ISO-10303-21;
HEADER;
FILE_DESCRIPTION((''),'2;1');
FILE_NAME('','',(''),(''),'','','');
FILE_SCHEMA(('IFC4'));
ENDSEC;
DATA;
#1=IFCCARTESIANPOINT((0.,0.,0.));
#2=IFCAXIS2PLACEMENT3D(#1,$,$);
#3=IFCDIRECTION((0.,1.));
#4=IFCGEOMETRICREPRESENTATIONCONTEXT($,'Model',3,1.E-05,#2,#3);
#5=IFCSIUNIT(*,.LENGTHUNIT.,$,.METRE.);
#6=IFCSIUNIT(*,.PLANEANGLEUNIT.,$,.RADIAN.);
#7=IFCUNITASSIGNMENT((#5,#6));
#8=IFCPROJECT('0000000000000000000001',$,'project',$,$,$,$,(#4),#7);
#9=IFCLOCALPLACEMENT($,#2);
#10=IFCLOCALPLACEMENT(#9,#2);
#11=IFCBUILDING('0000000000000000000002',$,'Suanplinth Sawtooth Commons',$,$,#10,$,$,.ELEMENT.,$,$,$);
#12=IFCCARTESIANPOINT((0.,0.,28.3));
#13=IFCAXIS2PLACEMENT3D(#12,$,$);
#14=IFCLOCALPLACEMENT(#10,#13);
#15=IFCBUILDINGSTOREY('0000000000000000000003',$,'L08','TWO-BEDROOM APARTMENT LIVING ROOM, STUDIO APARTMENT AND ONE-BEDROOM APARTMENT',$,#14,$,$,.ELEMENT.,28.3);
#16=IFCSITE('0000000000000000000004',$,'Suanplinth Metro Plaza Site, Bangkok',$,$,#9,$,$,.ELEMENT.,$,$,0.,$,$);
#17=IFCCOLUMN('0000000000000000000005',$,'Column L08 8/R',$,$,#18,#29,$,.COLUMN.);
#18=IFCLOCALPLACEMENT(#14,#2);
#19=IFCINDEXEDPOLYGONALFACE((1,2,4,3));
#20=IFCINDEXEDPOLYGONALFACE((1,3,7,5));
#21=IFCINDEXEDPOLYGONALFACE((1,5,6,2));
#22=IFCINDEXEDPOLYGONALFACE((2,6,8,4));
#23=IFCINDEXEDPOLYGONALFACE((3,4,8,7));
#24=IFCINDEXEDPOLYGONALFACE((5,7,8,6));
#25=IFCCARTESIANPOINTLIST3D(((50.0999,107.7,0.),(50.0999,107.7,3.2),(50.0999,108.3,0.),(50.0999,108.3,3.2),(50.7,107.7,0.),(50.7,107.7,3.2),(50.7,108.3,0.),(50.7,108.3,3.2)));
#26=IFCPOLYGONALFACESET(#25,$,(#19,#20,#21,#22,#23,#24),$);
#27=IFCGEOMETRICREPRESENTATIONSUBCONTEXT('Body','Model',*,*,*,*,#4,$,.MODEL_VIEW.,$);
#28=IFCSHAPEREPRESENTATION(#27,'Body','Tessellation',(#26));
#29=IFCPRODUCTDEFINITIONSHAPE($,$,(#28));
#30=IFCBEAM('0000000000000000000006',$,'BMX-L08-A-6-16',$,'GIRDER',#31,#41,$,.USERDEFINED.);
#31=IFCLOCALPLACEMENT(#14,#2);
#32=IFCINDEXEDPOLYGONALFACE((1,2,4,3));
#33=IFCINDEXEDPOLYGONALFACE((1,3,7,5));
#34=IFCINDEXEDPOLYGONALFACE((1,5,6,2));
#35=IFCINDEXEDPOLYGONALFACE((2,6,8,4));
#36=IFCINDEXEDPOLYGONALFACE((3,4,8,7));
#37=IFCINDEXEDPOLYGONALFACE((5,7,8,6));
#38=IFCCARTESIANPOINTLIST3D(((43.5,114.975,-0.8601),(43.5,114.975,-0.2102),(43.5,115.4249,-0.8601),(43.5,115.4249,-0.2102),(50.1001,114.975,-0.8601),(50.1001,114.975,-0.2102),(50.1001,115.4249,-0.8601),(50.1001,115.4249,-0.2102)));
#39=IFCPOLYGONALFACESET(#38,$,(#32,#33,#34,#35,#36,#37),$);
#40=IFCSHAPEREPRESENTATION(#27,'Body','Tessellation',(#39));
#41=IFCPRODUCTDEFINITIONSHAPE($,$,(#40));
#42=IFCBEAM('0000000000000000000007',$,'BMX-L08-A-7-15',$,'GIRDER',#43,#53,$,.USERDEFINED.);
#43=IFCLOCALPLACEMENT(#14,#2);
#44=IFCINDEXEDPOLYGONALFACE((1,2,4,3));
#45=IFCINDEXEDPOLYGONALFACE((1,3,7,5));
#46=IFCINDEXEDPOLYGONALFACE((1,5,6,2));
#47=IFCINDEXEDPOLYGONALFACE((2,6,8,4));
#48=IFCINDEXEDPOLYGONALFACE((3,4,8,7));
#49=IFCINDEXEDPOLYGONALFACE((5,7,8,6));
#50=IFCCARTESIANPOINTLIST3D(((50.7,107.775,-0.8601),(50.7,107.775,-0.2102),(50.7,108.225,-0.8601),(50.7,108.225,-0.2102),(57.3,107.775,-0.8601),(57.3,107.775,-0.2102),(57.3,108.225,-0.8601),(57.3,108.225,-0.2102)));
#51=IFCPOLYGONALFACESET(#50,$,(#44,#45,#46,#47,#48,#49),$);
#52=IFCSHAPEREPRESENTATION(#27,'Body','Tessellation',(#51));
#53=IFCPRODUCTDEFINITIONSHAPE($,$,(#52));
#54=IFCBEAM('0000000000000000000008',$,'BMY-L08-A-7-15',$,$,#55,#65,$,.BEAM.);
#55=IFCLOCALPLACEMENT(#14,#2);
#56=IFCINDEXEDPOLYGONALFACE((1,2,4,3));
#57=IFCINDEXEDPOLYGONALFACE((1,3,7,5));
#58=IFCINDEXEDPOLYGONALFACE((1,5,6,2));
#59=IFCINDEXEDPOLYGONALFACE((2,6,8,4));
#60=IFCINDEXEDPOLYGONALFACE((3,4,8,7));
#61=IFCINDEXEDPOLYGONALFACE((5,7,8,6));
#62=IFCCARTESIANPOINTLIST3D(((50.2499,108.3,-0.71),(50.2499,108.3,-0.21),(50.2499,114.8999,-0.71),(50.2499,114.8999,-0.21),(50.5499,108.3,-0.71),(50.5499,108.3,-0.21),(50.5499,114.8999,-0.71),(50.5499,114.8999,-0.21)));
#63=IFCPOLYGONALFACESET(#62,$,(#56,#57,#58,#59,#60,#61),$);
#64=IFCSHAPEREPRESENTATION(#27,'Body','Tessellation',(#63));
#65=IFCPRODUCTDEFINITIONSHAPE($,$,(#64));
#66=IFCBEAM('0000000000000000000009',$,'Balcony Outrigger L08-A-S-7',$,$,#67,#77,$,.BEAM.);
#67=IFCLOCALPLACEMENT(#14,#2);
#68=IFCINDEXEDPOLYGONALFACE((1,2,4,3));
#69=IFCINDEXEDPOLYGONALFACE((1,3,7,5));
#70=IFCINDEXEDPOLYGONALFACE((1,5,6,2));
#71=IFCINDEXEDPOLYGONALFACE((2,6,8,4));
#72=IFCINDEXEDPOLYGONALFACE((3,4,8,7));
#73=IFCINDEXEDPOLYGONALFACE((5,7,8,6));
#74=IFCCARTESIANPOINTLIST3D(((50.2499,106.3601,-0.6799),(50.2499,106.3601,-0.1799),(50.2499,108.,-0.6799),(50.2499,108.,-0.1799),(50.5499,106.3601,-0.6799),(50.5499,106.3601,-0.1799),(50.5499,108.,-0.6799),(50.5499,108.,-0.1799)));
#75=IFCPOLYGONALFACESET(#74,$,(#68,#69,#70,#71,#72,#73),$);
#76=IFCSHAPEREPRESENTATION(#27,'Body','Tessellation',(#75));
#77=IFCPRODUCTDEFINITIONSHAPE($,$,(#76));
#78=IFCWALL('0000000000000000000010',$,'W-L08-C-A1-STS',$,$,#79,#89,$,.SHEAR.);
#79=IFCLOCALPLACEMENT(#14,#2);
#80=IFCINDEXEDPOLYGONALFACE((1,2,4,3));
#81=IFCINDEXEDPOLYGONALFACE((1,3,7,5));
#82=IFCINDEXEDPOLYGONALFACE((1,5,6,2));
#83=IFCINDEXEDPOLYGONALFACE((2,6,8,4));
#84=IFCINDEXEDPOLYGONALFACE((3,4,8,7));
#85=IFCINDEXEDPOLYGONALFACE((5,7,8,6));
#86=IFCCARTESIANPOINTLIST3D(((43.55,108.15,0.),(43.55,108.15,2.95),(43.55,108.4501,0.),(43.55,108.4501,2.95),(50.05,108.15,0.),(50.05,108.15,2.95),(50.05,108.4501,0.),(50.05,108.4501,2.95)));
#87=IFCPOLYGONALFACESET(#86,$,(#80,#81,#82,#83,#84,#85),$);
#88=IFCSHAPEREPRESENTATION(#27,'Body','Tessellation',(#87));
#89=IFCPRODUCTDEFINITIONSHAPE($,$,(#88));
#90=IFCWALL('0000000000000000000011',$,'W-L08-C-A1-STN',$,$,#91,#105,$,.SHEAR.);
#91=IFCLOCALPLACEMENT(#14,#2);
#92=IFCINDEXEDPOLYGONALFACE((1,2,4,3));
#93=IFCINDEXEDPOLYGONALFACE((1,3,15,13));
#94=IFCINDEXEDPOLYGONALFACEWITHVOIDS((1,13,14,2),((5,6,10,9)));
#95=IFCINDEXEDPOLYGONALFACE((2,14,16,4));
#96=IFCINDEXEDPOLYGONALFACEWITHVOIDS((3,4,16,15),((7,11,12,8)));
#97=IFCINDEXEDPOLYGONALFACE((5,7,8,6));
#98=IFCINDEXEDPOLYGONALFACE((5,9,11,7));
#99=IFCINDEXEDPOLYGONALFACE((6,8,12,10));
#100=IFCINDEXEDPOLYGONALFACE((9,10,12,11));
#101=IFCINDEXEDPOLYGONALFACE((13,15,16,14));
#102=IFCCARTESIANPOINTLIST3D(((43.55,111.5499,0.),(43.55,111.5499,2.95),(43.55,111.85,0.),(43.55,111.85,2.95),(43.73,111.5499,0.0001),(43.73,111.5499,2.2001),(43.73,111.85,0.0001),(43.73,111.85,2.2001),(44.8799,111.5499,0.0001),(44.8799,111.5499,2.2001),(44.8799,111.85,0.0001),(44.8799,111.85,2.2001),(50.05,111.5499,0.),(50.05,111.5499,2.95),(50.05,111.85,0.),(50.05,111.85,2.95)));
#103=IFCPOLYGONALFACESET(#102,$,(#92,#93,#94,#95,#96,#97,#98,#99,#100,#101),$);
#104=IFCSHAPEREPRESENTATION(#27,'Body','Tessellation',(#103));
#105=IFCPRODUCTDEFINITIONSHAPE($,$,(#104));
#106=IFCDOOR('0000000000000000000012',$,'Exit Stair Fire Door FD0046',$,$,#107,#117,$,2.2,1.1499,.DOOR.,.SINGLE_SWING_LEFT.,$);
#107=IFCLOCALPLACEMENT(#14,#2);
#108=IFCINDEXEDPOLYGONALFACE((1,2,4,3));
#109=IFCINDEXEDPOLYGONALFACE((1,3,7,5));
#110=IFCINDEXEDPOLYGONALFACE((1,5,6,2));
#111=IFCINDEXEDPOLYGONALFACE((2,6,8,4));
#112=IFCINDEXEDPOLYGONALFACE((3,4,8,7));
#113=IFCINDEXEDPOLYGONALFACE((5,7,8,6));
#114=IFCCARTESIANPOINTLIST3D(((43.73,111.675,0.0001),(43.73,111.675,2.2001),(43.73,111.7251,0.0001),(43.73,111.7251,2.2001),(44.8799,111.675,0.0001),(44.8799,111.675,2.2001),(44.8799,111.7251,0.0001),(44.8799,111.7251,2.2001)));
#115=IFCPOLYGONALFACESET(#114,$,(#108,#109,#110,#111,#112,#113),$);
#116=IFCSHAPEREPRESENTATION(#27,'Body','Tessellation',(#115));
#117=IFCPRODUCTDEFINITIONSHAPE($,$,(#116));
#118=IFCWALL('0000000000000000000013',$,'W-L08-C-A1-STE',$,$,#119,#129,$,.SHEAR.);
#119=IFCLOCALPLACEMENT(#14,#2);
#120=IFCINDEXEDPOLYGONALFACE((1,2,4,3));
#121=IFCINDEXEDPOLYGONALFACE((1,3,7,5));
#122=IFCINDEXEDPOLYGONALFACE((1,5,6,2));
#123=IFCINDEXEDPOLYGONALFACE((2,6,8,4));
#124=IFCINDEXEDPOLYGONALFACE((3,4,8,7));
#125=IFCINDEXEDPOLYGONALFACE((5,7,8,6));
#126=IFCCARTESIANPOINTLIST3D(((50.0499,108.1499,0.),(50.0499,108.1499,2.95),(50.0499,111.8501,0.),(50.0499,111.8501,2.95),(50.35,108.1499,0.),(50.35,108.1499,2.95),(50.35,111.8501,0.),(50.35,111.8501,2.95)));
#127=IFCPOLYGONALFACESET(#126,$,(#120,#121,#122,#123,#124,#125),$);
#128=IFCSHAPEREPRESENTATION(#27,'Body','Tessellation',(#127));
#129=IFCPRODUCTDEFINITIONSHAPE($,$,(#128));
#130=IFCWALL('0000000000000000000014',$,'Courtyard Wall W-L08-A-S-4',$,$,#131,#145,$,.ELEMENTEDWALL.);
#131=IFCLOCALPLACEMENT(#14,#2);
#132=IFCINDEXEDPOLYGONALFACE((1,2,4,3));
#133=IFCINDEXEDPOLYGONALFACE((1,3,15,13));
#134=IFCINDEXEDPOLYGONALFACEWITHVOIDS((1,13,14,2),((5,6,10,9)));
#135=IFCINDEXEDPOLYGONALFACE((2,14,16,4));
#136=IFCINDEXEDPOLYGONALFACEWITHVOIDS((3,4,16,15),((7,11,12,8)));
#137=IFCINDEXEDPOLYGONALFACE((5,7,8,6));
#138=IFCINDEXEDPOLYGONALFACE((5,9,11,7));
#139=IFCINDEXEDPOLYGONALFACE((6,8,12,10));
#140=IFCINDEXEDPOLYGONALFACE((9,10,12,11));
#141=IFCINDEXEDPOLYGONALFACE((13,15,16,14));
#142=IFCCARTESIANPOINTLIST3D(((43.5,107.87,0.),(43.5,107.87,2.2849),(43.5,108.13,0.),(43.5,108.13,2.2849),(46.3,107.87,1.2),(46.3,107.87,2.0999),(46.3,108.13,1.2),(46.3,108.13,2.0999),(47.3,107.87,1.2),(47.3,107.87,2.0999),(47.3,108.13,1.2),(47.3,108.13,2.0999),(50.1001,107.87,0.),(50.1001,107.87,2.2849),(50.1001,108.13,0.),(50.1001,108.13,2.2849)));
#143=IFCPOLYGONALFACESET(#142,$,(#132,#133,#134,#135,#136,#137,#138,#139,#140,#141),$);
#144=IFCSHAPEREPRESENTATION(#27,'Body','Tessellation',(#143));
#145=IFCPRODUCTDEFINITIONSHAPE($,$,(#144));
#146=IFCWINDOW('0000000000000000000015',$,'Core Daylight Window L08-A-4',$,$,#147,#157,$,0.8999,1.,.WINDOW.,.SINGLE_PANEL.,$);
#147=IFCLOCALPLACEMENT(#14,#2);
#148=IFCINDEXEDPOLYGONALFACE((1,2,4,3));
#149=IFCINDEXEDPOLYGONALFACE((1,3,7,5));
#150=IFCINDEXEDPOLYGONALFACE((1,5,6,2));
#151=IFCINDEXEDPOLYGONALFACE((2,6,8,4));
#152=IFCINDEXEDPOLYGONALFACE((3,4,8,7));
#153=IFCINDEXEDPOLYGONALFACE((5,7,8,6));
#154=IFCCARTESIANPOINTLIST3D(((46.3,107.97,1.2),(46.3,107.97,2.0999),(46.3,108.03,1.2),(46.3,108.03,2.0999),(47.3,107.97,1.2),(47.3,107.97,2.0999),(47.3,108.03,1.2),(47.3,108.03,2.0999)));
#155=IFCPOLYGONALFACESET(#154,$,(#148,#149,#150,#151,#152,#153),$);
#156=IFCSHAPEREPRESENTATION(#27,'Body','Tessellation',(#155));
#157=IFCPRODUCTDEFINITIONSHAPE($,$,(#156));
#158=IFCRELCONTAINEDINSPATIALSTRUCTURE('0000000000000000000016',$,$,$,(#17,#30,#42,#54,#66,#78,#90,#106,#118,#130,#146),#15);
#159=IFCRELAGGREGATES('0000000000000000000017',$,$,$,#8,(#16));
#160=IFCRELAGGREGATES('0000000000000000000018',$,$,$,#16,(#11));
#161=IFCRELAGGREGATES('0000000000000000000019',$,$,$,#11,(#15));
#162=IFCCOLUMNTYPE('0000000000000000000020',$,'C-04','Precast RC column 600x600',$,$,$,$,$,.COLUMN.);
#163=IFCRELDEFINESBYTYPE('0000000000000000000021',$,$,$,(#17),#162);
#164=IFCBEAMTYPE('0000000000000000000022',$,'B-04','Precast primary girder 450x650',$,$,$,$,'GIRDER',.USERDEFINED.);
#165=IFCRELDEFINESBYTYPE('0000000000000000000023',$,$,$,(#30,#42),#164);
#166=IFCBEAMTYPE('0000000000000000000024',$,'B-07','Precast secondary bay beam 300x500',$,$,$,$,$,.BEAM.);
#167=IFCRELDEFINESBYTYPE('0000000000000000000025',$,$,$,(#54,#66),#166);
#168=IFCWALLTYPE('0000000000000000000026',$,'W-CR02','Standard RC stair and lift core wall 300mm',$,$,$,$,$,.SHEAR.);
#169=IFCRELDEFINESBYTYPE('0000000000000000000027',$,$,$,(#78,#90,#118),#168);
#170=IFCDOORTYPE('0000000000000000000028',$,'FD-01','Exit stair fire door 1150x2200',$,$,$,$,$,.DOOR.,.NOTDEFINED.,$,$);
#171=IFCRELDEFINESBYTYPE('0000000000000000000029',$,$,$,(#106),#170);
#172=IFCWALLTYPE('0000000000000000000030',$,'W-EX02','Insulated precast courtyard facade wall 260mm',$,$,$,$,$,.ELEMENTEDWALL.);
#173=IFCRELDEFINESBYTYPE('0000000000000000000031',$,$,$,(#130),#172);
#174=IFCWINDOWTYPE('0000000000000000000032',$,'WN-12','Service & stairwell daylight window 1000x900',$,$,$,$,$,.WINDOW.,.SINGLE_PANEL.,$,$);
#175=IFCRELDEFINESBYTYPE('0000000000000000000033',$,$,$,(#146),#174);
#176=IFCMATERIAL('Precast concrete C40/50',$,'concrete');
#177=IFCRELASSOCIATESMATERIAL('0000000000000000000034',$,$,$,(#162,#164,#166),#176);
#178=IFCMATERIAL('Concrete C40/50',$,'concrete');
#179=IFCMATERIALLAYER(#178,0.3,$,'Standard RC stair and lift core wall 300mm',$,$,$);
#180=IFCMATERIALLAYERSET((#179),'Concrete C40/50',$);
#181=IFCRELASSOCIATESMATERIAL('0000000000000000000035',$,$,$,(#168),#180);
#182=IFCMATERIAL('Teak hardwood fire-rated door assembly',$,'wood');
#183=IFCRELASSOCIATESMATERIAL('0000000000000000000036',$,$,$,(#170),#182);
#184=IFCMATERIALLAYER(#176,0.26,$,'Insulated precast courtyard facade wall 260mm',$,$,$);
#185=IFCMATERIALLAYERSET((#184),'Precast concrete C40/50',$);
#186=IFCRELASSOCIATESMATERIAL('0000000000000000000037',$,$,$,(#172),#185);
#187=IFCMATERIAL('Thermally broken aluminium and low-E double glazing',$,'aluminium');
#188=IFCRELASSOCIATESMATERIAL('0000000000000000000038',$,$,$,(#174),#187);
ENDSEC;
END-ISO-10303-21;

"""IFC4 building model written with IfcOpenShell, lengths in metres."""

from ifc_helpers import new_model, si_unit, direction, frame, frame_2d, origin, origin_2d, place, context, subcontext, project, spatial, rectangle, extrude, material, layer, layer_set, material_profile, profile_set, type_object, element, fill, save


model = new_model("IFC4")

# Units and contexts
model_context = context("Model", 3, precision=1e-05, world=origin(), true_north=direction((0.0, 1.0)))
body_context = subcontext(model_context, "Body", "Model", "MODEL_VIEW")
ifc_project = project(units=[si_unit("LENGTHUNIT", "METRE"), si_unit("PLANEANGLEUNIT", "RADIAN")], contexts=[model_context])

# Site, building, storey
site_placement = place(None, origin())
site = spatial("IfcSite", under=ifc_project, at=site_placement, Name="Suanplinth Metro Plaza Site, Bangkok", CompositionType="ELEMENT", RefElevation=0.0)
building_placement = place(site_placement, origin())
building = spatial("IfcBuilding", under=site, at=building_placement, Name="Suanplinth Sawtooth Commons", CompositionType="ELEMENT")
storey_placement = place(building_placement, frame((0.0, 0.0, 28.3)))
storey = spatial("IfcBuildingStorey", under=building, at=storey_placement, Name="L08", Description="TWO-BEDROOM APARTMENT LIVING ROOM, STUDIO APARTMENT AND ONE-BEDROOM APARTMENT", CompositionType="ELEMENT", Elevation=28.3)

# Column
ifc_material_1 = material(Name="Precast concrete C40/50", Category="concrete")
ifc_material_profile_1 = material_profile(ifc_material_1, rectangle(XDim=0.6001, YDim=0.6001, at=origin_2d()), Name="PC-COL 600x600")
ifc_profile_set_1 = profile_set([ifc_material_profile_1], Name="Precast concrete C40/50")
column_type = type_object("IfcColumnType", Name="C-04", Description="Precast RC column 600x600", PredefinedType="COLUMN", material=ifc_profile_set_1)
column_placement = place(storey_placement, frame((50.3999, 108.0, 0.0), z_axis=(0.0, 0.0, 1.0), x_axis=(1.0, 0.0, 0.0)))
element("IfcColumn", 1, at=column_placement, inside=storey, type_object=column_type, Name="Column L08 8/R", PredefinedType="COLUMN", context=body_context, shape_type="SweptSolid", body=[
    extrude(rectangle(XDim=0.6001, YDim=0.6001, at=origin_2d()), origin(), (0.0, 0.0, 1.0), 3.2),
])

# Beams
ifc_material_profile_2 = material_profile(ifc_material_1, rectangle(XDim=0.45, YDim=0.6499, at=origin_2d()), Name="PC-GDR 450x650")
ifc_profile_set_2 = profile_set([ifc_material_profile_2], Name="Precast concrete C40/50")
beam_type_1 = type_object("IfcBeamType", Name="B-04", Description="Precast primary girder 450x650", ElementType="GIRDER", PredefinedType="USERDEFINED", material=ifc_profile_set_2)
for number, where, z_axis, x_axis, name in (
    (2, (43.5, 115.2, -0.5352), (1.0, 0.0, 0.0), (0.0, 1.0, 0.0), "BMX-L08-A-6-16"),
    (3, (50.7, 108.0, -0.5352), (1.0, 0.0, 0.0), (0.0, 1.0, 0.0), "BMX-L08-A-7-15"),
):
    element("IfcBeam", number, at=place(storey_placement, frame(where, z_axis=z_axis, x_axis=x_axis)), inside=storey, type_object=beam_type_1, Name=name, ObjectType="GIRDER", PredefinedType="USERDEFINED", context=body_context, shape_type="SweptSolid", body=[
        extrude(rectangle(XDim=0.45, YDim=0.6499, at=origin_2d()), origin(), (0.0, 0.0, 1.0), 6.6001),
    ])
ifc_material_profile_3 = material_profile(ifc_material_1, rectangle(XDim=0.3, YDim=0.5, at=origin_2d()), Name="PC-BM 300x500")
ifc_profile_set_3 = profile_set([ifc_material_profile_3], Name="Precast concrete C40/50")
beam_type_2 = type_object("IfcBeamType", Name="B-07", Description="Precast secondary bay beam 300x500", PredefinedType="BEAM", material=ifc_profile_set_3)
beam_1_placement = place(storey_placement, frame((50.3999, 108.3, -0.46), z_axis=(0.0, 1.0, 0.0), x_axis=(-1.0, 0.0, 0.0)))
element("IfcBeam", 4, at=beam_1_placement, inside=storey, type_object=beam_type_2, Name="BMY-L08-A-7-15", PredefinedType="BEAM", context=body_context, shape_type="SweptSolid", body=[
    extrude(rectangle(XDim=0.3, YDim=0.5, at=origin_2d()), origin(), (0.0, 0.0, 1.0), 6.5999),
])
beam_2_placement = place(storey_placement, frame((50.3999, 108.0, -0.4299), z_axis=(0.0, -1.0, 0.0), x_axis=(1.0, 0.0, 0.0)))
element("IfcBeam", 5, at=beam_2_placement, inside=storey, type_object=beam_type_2, Name="Balcony Outrigger L08-A-S-7", PredefinedType="BEAM", context=body_context, shape_type="SweptSolid", body=[
    extrude(rectangle(XDim=0.3, YDim=0.5, at=origin_2d()), origin(), (0.0, 0.0, 1.0), 1.6399),
])

# Wall
ifc_material_2 = material(Name="Concrete C40/50", Category="concrete")
ifc_layer_1 = layer(ifc_material_2, 0.3, Name="Standard RC stair and lift core wall 300mm")
ifc_layer_set_1 = layer_set([ifc_layer_1], Name="Concrete C40/50")
wall_type_1 = type_object("IfcWallType", Name="W-CR02", Description="Standard RC stair and lift core wall 300mm", PredefinedType="SHEAR", material=ifc_layer_set_1)
wall_1_placement = place(storey_placement, frame((43.55, 108.3, 0.0), z_axis=(0.0, 0.0, 1.0), x_axis=(1.0, 0.0, 0.0)))
element("IfcWall", 6, at=wall_1_placement, inside=storey, type_object=wall_type_1, Name="W-L08-C-A1-STS", PredefinedType="SHEAR", context=body_context, shape_type="SweptSolid", body=[
    extrude(rectangle(XDim=6.5, YDim=0.3, at=frame_2d((3.25, 0.0))), origin(), (0.0, 0.0, 1.0), 2.95),
])

# Wall, opening, door
wall_2_placement = place(storey_placement, frame((43.55, 111.7, 0.0), z_axis=(0.0, 0.0, 1.0), x_axis=(1.0, 0.0, 0.0)))
wall_2 = element("IfcWall", 7, at=wall_2_placement, inside=storey, type_object=wall_type_1, Name="W-L08-C-A1-STN", PredefinedType="SHEAR", context=body_context, shape_type="SweptSolid", body=[
    extrude(rectangle(XDim=6.5, YDim=0.3, at=frame_2d((3.25, 0.0))), origin(), (0.0, 0.0, 1.0), 2.95),
])
opening_1_placement = place(wall_2_placement, frame((0.1799, 0.0, 0.0)))
opening_1 = element("IfcOpeningElement", 8, at=opening_1_placement, cuts=wall_2, PredefinedType="OPENING", context=body_context, shape_type="SweptSolid", body=[
    extrude(rectangle(XDim=1.1499, YDim=2.2, at=frame_2d((0.575, 1.1001))), frame((0.0, 0.165, 0.0), z_axis=(0.0, -1.0, 0.0), x_axis=(1.0, 0.0, 0.0)), (0.0, 0.0, 1.0), 0.3298),
])
ifc_material_3 = material(Name="Teak hardwood fire-rated door assembly", Category="wood")
door_type_1 = type_object("IfcDoorType", Name="FD-01", Description="Exit stair fire door 1150x2200", OperationType="NOTDEFINED", PredefinedType="DOOR", material=ifc_material_3)
door_1_placement = place(opening_1_placement, frame((1.1499, 0.0, 0.0), z_axis=(0.0, 0.0, 1.0), x_axis=(-1.0, 0.0, 0.0)))
door_1 = element("IfcDoor", 9, at=door_1_placement, inside=storey, type_object=door_type_1, Name="Exit Stair Fire Door FD0046", OperationType="SINGLE_SWING_LEFT", OverallHeight=2.2, OverallWidth=1.1499, PredefinedType="DOOR", context=body_context, shape_type="SweptSolid", body=[
    extrude(rectangle(XDim=1.1499, YDim=2.2, at=frame_2d((0.575, 1.1001))), frame((0.0, 0.0249, 0.0), z_axis=(0.0, -1.0, 0.0), x_axis=(1.0, 0.0, 0.0)), (0.0, 0.0, 1.0), 0.05),
])
fill(opening_1, door_1)

# Wall
wall_3_placement = place(storey_placement, frame((50.2, 108.1499, 0.0), z_axis=(0.0, 0.0, 1.0), x_axis=(0.0, 1.0, 0.0)))
element("IfcWall", 10, at=wall_3_placement, inside=storey, type_object=wall_type_1, Name="W-L08-C-A1-STE", PredefinedType="SHEAR", context=body_context, shape_type="SweptSolid", body=[
    extrude(rectangle(XDim=3.7002, YDim=0.3, at=frame_2d((1.8501, 0.0))), origin(), (0.0, 0.0, 1.0), 2.95),
])

# Wall, opening, window
ifc_layer_2 = layer(ifc_material_1, 0.26, Name="Insulated precast courtyard facade wall 260mm")
ifc_layer_set_2 = layer_set([ifc_layer_2], Name="Precast concrete C40/50")
wall_type_2 = type_object("IfcWallType", Name="W-EX02", Description="Insulated precast courtyard facade wall 260mm", PredefinedType="ELEMENTEDWALL", material=ifc_layer_set_2)
wall_4_placement = place(storey_placement, frame((43.5, 108.0, 0.0), z_axis=(0.0, 0.0, 1.0), x_axis=(1.0, 0.0, 0.0)))
wall_4 = element("IfcWall", 11, at=wall_4_placement, inside=storey, type_object=wall_type_2, Name="Courtyard Wall W-L08-A-S-4", PredefinedType="ELEMENTEDWALL", context=body_context, shape_type="SweptSolid", body=[
    extrude(rectangle(XDim=6.6001, YDim=0.26, at=frame_2d((3.3, 0.0))), origin(), (0.0, 0.0, 1.0), 2.2849),
])
opening_2_placement = place(wall_4_placement, frame((2.8, 0.0, 1.2)))
opening_2 = element("IfcOpeningElement", 12, at=opening_2_placement, cuts=wall_4, PredefinedType="OPENING", context=body_context, shape_type="SweptSolid", body=[
    extrude(rectangle(XDim=1.0, YDim=0.8999, at=frame_2d((0.5, 0.45))), frame((0.0, 0.145, 0.0), z_axis=(0.0, -1.0, 0.0), x_axis=(1.0, 0.0, 0.0)), (0.0, 0.0, 1.0), 0.2898),
])
ifc_material_4 = material(Name="Thermally broken aluminium and low-E double glazing", Category="aluminium")
window_type = type_object("IfcWindowType", Name="WN-12", Description="Service & stairwell daylight window 1000x900", PartitioningType="SINGLE_PANEL", PredefinedType="WINDOW", material=ifc_material_4)
window_1_placement = place(opening_2_placement, origin())
window_1 = element("IfcWindow", 13, at=window_1_placement, inside=storey, type_object=window_type, Name="Core Daylight Window L08-A-4", OverallHeight=0.8999, OverallWidth=1.0, PartitioningType="SINGLE_PANEL", PredefinedType="WINDOW", context=body_context, shape_type="SweptSolid", body=[
    extrude(rectangle(XDim=1.0, YDim=0.8999, at=frame_2d((0.5, 0.45))), frame((0.0, 0.03, 0.0), z_axis=(0.0, -1.0, 0.0), x_axis=(1.0, 0.0, 0.0)), (0.0, 0.0, 1.0), 0.0601),
])
fill(opening_2, window_1)

save(model, "model.ifc")
